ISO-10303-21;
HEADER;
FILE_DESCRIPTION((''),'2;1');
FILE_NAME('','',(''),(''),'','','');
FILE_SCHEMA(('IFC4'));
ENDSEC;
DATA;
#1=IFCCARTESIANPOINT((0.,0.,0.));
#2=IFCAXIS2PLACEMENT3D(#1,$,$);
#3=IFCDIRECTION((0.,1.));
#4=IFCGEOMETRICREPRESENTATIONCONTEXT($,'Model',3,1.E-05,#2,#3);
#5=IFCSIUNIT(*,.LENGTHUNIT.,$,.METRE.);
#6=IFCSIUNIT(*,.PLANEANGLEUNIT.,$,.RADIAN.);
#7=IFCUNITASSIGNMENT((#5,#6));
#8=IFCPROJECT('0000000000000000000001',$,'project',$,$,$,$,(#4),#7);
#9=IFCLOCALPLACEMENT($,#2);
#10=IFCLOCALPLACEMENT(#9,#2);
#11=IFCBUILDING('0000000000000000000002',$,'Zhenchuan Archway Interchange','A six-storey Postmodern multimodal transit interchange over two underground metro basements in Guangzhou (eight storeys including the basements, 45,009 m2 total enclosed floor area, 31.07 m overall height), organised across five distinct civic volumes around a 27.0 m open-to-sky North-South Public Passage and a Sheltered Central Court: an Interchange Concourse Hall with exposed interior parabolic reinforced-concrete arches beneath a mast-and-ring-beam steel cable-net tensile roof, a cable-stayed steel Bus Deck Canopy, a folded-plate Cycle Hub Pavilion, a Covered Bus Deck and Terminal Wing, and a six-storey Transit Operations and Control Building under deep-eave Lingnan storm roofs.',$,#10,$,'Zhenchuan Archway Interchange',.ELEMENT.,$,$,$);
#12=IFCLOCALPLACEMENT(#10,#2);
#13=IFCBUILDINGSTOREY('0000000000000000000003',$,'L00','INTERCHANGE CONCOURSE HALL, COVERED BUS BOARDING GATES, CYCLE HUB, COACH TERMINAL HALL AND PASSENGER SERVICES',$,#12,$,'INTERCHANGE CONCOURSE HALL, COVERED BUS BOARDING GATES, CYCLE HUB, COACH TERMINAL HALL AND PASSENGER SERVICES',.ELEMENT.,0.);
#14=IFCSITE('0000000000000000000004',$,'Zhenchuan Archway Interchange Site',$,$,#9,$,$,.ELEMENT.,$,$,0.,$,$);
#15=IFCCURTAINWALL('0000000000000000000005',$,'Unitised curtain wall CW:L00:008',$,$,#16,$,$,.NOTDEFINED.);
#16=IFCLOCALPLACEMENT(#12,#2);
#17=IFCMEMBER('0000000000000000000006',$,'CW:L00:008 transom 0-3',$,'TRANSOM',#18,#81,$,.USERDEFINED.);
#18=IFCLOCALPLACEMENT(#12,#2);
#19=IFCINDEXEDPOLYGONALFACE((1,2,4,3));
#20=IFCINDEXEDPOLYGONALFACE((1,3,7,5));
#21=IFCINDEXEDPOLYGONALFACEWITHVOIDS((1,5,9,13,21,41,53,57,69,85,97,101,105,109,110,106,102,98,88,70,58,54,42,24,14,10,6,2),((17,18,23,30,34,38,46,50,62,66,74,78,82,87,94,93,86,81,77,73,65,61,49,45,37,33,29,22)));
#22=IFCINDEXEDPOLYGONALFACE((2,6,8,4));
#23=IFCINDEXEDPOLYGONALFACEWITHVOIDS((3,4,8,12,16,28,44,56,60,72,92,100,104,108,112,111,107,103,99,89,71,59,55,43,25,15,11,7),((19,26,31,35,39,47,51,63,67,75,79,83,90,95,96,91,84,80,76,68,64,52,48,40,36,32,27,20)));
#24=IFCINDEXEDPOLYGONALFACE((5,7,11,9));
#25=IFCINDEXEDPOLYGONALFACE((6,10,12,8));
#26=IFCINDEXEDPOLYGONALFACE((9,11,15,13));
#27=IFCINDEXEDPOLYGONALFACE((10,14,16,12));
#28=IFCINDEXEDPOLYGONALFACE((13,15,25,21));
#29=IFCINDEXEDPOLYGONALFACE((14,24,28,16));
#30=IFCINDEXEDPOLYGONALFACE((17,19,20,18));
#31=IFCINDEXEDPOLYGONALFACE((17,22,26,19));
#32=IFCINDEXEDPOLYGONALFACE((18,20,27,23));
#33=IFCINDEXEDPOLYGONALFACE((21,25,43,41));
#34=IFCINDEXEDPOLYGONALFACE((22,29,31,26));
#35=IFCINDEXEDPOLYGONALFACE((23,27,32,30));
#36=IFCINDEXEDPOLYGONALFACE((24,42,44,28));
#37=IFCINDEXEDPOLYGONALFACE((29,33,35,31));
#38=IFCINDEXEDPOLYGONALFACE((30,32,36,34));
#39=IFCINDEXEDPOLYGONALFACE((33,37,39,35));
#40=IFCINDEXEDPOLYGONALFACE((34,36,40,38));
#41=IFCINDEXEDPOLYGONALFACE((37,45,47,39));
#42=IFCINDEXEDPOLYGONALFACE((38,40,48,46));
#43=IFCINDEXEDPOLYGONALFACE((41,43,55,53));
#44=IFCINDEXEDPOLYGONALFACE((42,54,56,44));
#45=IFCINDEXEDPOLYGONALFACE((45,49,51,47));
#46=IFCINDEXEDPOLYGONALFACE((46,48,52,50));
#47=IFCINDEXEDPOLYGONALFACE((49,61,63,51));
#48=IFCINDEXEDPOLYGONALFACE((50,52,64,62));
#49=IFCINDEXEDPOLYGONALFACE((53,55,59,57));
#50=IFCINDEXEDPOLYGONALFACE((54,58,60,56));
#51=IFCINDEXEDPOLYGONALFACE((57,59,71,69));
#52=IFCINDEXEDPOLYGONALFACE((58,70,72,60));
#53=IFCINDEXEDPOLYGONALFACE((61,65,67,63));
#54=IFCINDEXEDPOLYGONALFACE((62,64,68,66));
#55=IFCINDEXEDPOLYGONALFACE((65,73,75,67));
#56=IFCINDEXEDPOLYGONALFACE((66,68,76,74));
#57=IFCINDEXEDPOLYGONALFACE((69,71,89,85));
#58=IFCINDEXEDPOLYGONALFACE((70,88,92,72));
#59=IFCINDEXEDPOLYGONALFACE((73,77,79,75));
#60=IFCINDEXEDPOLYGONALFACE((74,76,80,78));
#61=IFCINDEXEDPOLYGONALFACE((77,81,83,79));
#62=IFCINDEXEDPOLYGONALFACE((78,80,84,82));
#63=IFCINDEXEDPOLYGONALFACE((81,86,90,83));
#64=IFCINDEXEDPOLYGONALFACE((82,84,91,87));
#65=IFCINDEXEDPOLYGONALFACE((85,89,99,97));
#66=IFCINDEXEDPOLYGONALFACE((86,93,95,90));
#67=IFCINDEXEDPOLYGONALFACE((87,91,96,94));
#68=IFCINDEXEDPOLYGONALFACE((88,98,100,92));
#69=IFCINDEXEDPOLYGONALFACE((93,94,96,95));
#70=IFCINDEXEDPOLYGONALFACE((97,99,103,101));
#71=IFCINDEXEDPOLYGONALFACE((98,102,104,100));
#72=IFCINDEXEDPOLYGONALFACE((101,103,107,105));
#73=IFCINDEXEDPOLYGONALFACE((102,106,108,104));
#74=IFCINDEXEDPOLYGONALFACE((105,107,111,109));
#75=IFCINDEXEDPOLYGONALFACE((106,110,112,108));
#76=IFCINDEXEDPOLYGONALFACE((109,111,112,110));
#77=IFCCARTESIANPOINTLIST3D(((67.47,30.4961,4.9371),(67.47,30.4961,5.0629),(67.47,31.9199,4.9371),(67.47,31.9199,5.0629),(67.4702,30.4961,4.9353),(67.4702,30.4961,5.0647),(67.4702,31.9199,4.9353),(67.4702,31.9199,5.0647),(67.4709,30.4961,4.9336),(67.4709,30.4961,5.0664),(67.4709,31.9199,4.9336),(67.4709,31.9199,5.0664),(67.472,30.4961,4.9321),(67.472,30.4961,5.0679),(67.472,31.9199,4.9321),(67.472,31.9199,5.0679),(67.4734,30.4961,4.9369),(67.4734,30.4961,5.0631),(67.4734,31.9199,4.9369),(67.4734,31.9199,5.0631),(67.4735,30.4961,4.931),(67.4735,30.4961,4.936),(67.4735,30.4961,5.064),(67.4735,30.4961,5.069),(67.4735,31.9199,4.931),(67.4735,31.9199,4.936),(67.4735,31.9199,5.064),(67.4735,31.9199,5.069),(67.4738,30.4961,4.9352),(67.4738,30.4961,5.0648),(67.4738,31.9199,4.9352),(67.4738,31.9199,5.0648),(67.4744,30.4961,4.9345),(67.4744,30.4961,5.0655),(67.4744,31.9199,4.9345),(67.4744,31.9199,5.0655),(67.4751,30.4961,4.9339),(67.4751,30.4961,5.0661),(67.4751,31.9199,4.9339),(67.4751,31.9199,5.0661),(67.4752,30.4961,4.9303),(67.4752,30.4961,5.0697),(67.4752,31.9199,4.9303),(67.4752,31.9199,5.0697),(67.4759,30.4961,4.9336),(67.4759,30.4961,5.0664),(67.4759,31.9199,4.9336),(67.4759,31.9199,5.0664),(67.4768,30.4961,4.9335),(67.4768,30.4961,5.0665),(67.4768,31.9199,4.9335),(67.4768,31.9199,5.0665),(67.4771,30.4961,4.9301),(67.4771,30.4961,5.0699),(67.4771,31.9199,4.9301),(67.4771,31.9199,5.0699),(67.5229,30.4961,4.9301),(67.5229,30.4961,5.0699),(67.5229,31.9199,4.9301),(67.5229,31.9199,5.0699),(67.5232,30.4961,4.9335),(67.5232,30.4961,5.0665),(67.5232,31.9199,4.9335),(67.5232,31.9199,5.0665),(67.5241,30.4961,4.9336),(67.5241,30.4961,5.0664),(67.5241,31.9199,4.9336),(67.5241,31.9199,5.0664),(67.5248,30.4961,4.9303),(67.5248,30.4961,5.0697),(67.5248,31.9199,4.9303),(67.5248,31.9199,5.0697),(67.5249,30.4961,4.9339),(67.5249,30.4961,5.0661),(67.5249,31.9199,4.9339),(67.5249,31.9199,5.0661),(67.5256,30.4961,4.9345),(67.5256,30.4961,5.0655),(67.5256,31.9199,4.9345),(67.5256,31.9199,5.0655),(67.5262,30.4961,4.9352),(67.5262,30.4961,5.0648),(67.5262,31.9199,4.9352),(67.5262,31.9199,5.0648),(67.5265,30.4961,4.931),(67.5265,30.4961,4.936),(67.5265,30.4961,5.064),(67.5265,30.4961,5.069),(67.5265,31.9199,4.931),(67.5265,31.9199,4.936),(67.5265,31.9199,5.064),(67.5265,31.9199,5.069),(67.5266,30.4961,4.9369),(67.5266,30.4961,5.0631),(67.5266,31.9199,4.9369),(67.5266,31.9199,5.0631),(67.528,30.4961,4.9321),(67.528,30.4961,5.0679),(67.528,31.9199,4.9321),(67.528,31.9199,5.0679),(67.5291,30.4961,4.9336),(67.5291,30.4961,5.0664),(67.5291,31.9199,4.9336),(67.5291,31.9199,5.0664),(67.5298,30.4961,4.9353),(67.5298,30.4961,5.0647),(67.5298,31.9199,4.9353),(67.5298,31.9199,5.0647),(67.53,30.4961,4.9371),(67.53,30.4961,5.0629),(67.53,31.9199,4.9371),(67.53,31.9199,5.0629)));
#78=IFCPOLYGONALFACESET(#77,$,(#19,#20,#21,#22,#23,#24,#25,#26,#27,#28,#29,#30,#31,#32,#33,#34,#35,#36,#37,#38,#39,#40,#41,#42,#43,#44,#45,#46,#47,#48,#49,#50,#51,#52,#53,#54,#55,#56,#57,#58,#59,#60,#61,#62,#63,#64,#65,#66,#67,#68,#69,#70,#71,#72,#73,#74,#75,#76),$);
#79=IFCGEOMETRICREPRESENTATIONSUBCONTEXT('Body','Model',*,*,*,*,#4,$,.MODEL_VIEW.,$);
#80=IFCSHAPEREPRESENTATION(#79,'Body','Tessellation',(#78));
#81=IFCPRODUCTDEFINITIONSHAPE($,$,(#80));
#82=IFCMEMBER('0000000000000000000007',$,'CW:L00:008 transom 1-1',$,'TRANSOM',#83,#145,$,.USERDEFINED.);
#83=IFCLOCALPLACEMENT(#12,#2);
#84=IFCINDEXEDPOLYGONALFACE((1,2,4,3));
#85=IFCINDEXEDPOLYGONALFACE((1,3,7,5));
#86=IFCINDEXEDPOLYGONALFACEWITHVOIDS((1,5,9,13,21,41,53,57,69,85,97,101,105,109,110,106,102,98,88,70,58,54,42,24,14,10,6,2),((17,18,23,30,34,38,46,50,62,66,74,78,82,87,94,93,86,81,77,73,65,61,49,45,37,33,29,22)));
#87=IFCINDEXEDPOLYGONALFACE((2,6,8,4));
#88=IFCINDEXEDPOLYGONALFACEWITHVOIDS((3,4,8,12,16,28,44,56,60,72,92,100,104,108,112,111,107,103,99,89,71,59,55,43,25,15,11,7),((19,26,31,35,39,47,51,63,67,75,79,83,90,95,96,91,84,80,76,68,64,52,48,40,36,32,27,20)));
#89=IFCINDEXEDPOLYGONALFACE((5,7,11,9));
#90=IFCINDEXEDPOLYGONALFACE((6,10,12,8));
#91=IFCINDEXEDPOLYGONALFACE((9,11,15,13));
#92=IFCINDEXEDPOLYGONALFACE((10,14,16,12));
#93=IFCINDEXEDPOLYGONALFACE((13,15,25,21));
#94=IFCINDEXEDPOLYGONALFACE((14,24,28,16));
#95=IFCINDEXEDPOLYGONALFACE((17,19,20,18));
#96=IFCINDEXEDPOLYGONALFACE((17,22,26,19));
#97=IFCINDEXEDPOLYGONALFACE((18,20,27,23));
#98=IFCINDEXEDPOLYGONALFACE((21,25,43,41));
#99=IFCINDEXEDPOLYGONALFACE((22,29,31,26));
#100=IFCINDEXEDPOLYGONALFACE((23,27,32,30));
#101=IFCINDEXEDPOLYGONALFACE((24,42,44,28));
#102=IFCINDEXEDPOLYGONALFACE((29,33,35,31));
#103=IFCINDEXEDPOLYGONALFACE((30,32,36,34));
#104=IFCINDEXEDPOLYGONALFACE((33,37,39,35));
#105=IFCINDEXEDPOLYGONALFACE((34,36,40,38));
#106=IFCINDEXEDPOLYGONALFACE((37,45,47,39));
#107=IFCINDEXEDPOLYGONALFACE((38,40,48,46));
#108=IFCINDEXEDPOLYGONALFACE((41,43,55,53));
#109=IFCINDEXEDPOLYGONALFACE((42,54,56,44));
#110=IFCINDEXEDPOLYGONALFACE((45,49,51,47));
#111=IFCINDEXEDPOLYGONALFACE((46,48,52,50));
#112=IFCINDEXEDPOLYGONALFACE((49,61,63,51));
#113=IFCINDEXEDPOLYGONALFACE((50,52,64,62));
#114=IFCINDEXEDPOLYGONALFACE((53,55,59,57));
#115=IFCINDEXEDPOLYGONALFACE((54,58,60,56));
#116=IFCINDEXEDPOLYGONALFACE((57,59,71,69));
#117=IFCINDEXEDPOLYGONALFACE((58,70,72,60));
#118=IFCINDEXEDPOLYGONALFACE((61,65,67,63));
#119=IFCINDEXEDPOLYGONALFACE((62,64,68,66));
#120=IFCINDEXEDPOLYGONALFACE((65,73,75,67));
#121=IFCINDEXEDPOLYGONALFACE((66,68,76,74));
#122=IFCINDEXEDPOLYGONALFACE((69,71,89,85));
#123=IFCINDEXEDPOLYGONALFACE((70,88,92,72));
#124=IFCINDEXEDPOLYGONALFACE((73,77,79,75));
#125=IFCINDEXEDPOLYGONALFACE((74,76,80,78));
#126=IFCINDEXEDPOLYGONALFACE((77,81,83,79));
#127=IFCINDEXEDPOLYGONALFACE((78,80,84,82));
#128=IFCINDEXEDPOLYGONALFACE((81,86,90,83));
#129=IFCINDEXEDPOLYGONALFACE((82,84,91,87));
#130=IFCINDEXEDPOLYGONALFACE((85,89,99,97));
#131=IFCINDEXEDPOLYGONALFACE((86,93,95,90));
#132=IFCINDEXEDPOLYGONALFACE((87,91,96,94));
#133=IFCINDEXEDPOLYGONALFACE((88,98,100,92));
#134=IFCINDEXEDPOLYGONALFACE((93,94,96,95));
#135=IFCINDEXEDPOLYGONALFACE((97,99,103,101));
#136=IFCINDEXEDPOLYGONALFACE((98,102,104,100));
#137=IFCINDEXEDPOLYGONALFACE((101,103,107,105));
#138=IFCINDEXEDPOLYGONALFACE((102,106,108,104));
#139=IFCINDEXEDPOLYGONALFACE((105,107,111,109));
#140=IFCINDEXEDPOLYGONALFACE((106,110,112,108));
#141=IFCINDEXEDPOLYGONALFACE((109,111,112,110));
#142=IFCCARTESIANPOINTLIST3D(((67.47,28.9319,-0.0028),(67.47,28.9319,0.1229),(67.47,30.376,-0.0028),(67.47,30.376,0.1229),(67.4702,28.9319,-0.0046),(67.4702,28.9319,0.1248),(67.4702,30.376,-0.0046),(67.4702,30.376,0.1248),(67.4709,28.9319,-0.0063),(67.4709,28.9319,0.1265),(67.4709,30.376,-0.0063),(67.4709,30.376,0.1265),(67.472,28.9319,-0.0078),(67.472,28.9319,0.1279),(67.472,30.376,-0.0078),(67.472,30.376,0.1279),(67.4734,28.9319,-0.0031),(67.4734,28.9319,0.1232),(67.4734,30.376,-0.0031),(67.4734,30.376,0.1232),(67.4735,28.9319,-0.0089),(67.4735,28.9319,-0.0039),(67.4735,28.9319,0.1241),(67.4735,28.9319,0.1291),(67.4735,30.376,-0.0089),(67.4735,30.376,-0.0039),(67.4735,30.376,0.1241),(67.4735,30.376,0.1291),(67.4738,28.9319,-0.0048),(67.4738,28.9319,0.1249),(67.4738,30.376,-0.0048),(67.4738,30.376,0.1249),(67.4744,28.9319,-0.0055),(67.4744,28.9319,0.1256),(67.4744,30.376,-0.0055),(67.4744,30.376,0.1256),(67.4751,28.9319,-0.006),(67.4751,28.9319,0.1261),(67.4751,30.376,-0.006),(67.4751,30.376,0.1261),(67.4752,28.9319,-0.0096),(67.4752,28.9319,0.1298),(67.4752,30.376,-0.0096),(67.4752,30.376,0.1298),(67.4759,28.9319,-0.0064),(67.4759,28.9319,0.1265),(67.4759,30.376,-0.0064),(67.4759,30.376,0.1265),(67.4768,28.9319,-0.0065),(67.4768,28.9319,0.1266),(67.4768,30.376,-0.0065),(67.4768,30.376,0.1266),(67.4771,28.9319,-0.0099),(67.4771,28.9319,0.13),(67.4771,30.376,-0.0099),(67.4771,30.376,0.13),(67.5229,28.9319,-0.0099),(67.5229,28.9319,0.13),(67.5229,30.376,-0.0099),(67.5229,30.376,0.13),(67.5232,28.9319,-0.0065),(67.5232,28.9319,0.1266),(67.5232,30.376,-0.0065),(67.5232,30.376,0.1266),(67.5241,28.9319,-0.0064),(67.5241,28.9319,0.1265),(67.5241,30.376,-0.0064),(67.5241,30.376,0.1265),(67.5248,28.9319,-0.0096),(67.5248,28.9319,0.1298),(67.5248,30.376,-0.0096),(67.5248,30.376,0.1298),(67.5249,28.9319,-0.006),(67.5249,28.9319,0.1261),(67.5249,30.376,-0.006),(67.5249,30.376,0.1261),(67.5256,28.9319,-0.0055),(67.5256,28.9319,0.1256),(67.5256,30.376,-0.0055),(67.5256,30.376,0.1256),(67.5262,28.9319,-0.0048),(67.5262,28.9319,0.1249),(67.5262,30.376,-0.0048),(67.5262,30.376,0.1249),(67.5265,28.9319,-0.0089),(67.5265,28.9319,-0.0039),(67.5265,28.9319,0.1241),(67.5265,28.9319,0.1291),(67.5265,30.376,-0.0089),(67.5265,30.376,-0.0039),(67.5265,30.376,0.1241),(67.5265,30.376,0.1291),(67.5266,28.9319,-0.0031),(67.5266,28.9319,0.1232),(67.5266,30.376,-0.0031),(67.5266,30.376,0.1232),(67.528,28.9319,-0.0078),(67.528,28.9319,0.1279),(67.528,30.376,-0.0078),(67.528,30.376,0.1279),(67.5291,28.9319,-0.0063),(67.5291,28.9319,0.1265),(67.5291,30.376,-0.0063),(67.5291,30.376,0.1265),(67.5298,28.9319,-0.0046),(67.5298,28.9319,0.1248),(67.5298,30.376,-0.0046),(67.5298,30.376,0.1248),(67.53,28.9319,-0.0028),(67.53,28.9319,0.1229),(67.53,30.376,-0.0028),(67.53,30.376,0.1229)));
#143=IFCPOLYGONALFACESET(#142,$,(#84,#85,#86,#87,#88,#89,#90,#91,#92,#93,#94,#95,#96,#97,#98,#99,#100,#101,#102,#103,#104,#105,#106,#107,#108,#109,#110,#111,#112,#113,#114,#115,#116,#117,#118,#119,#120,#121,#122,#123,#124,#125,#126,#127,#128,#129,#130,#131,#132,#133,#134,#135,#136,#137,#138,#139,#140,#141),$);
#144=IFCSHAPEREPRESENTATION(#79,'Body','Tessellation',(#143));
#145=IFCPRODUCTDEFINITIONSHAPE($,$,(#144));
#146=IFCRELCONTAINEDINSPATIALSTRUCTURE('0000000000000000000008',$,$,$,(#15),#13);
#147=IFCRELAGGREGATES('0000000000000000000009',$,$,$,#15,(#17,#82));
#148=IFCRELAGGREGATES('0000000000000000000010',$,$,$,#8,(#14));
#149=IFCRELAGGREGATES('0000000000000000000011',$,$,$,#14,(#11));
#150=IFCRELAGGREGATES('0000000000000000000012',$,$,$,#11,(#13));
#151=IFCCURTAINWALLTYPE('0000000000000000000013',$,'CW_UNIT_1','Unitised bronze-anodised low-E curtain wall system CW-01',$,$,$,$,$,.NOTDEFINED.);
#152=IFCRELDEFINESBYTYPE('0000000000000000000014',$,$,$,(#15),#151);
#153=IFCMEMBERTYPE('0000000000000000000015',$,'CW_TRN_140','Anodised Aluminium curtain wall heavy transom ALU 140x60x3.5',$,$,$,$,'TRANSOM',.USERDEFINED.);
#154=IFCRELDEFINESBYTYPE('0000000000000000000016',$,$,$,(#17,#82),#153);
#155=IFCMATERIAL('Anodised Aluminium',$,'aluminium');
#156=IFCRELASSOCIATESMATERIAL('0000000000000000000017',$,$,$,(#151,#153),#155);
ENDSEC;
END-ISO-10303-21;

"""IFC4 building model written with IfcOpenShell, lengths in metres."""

from ifc_helpers import new_model, si_unit, direction, frame, origin, origin_2d, place, context, subcontext, project, spatial, hollow_rectangle, extrude, material, material_profile, profile_set, type_object, element, aggregate, save


model = new_model("IFC4")

# Units and contexts
model_context = context("Model", 3, precision=1e-05, world=origin(), true_north=direction((0.0, 1.0)))
body_context = subcontext(model_context, "Body", "Model", "MODEL_VIEW")
ifc_project = project(units=[si_unit("LENGTHUNIT", "METRE"), si_unit("PLANEANGLEUNIT", "RADIAN")], contexts=[model_context])

# Site, building, storey
site_placement = place(None, origin())
site = spatial("IfcSite", under=ifc_project, at=site_placement, Name="Zhenchuan Archway Interchange Site", CompositionType="ELEMENT", RefElevation=0.0)
building_placement = place(site_placement, origin())
building = spatial("IfcBuilding", under=site, at=building_placement, Name="Zhenchuan Archway Interchange", Description="A six-storey Postmodern multimodal transit interchange over two underground metro basements in Guangzhou (eight storeys including the basements, 45,009 m2 total enclosed floor area, 31.07 m overall height), organised across five distinct civic volumes around a 27.0 m open-to-sky North-South Public Passage and a Sheltered Central Court: an Interchange Concourse Hall with exposed interior parabolic reinforced-concrete arches beneath a mast-and-ring-beam steel cable-net tensile roof, a cable-stayed steel Bus Deck Canopy, a folded-plate Cycle Hub Pavilion, a Covered Bus Deck and Terminal Wing, and a six-storey Transit Operations and Control Building under deep-eave Lingnan storm roofs.", LongName="Zhenchuan Archway Interchange", CompositionType="ELEMENT")
storey_placement = place(building_placement, origin())
storey = spatial("IfcBuildingStorey", under=building, at=storey_placement, Name="L00", Description="INTERCHANGE CONCOURSE HALL, COVERED BUS BOARDING GATES, CYCLE HUB, COACH TERMINAL HALL AND PASSENGER SERVICES", LongName="INTERCHANGE CONCOURSE HALL, COVERED BUS BOARDING GATES, CYCLE HUB, COACH TERMINAL HALL AND PASSENGER SERVICES", CompositionType="ELEMENT", Elevation=0.0)

# Curtain wall, members
ifc_material_1 = material(Name="Anodised Aluminium", Category="aluminium")
curtain_wall_type = type_object("IfcCurtainWallType", Name="CW_UNIT_1", Description="Unitised bronze-anodised low-E curtain wall system CW-01", PredefinedType="NOTDEFINED", material=ifc_material_1)
curtain_wall_placement = place(storey_placement, origin())
curtain_wall = element("IfcCurtainWall", 1, at=curtain_wall_placement, inside=storey, type_object=curtain_wall_type, Name="Unitised curtain wall CW:L00:008", PredefinedType="NOTDEFINED")
ifc_material_profile_1 = material_profile(ifc_material_1, hollow_rectangle(XDim=0.0601, YDim=0.1399, WallThickness=0.0034, InnerFilletRadius=0.0034, OuterFilletRadius=0.0071, at=origin_2d()), Name="ALU 140x60x3.5")
ifc_profile_set_1 = profile_set([ifc_material_profile_1], Name="Anodised Aluminium")
member_type_1 = type_object("IfcMemberType", Name="CW_TRN_140", Description="Anodised Aluminium curtain wall heavy transom ALU 140x60x3.5", ElementType="TRANSOM", PredefinedType="USERDEFINED", material=ifc_profile_set_1)
member_1_placement = place(storey_placement, frame((67.5, 31.9199, 5.0), z_axis=(0.0, -1.0, 0.0), x_axis=(1.0, 0.0, 0.0)))
member_1 = element("IfcMember", 2, at=member_1_placement, type_object=member_type_1, Name="CW:L00:008 transom 0-3", ObjectType="TRANSOM", PredefinedType="USERDEFINED", context=body_context, shape_type="SweptSolid", body=[
    extrude(hollow_rectangle(XDim=0.0601, YDim=0.1399, WallThickness=0.0034, InnerFilletRadius=0.0034, OuterFilletRadius=0.0071, at=origin_2d()), origin(), (0.0, 0.0, 1.0), 1.4238),
])
member_2_placement = place(storey_placement, frame((67.5, 30.376, 0.0601), z_axis=(0.0, -1.0, 0.0), x_axis=(1.0, 0.0, 0.0)))
member_2 = element("IfcMember", 3, at=member_2_placement, type_object=member_type_1, Name="CW:L00:008 transom 1-1", ObjectType="TRANSOM", PredefinedType="USERDEFINED", context=body_context, shape_type="SweptSolid", body=[
    extrude(hollow_rectangle(XDim=0.0601, YDim=0.1399, WallThickness=0.0034, InnerFilletRadius=0.0034, OuterFilletRadius=0.0071, at=origin_2d()), origin(), (0.0, 0.0, 1.0), 1.4441),
])
aggregate(curtain_wall, [member_1, member_2])

save(model, "model.ifc")
